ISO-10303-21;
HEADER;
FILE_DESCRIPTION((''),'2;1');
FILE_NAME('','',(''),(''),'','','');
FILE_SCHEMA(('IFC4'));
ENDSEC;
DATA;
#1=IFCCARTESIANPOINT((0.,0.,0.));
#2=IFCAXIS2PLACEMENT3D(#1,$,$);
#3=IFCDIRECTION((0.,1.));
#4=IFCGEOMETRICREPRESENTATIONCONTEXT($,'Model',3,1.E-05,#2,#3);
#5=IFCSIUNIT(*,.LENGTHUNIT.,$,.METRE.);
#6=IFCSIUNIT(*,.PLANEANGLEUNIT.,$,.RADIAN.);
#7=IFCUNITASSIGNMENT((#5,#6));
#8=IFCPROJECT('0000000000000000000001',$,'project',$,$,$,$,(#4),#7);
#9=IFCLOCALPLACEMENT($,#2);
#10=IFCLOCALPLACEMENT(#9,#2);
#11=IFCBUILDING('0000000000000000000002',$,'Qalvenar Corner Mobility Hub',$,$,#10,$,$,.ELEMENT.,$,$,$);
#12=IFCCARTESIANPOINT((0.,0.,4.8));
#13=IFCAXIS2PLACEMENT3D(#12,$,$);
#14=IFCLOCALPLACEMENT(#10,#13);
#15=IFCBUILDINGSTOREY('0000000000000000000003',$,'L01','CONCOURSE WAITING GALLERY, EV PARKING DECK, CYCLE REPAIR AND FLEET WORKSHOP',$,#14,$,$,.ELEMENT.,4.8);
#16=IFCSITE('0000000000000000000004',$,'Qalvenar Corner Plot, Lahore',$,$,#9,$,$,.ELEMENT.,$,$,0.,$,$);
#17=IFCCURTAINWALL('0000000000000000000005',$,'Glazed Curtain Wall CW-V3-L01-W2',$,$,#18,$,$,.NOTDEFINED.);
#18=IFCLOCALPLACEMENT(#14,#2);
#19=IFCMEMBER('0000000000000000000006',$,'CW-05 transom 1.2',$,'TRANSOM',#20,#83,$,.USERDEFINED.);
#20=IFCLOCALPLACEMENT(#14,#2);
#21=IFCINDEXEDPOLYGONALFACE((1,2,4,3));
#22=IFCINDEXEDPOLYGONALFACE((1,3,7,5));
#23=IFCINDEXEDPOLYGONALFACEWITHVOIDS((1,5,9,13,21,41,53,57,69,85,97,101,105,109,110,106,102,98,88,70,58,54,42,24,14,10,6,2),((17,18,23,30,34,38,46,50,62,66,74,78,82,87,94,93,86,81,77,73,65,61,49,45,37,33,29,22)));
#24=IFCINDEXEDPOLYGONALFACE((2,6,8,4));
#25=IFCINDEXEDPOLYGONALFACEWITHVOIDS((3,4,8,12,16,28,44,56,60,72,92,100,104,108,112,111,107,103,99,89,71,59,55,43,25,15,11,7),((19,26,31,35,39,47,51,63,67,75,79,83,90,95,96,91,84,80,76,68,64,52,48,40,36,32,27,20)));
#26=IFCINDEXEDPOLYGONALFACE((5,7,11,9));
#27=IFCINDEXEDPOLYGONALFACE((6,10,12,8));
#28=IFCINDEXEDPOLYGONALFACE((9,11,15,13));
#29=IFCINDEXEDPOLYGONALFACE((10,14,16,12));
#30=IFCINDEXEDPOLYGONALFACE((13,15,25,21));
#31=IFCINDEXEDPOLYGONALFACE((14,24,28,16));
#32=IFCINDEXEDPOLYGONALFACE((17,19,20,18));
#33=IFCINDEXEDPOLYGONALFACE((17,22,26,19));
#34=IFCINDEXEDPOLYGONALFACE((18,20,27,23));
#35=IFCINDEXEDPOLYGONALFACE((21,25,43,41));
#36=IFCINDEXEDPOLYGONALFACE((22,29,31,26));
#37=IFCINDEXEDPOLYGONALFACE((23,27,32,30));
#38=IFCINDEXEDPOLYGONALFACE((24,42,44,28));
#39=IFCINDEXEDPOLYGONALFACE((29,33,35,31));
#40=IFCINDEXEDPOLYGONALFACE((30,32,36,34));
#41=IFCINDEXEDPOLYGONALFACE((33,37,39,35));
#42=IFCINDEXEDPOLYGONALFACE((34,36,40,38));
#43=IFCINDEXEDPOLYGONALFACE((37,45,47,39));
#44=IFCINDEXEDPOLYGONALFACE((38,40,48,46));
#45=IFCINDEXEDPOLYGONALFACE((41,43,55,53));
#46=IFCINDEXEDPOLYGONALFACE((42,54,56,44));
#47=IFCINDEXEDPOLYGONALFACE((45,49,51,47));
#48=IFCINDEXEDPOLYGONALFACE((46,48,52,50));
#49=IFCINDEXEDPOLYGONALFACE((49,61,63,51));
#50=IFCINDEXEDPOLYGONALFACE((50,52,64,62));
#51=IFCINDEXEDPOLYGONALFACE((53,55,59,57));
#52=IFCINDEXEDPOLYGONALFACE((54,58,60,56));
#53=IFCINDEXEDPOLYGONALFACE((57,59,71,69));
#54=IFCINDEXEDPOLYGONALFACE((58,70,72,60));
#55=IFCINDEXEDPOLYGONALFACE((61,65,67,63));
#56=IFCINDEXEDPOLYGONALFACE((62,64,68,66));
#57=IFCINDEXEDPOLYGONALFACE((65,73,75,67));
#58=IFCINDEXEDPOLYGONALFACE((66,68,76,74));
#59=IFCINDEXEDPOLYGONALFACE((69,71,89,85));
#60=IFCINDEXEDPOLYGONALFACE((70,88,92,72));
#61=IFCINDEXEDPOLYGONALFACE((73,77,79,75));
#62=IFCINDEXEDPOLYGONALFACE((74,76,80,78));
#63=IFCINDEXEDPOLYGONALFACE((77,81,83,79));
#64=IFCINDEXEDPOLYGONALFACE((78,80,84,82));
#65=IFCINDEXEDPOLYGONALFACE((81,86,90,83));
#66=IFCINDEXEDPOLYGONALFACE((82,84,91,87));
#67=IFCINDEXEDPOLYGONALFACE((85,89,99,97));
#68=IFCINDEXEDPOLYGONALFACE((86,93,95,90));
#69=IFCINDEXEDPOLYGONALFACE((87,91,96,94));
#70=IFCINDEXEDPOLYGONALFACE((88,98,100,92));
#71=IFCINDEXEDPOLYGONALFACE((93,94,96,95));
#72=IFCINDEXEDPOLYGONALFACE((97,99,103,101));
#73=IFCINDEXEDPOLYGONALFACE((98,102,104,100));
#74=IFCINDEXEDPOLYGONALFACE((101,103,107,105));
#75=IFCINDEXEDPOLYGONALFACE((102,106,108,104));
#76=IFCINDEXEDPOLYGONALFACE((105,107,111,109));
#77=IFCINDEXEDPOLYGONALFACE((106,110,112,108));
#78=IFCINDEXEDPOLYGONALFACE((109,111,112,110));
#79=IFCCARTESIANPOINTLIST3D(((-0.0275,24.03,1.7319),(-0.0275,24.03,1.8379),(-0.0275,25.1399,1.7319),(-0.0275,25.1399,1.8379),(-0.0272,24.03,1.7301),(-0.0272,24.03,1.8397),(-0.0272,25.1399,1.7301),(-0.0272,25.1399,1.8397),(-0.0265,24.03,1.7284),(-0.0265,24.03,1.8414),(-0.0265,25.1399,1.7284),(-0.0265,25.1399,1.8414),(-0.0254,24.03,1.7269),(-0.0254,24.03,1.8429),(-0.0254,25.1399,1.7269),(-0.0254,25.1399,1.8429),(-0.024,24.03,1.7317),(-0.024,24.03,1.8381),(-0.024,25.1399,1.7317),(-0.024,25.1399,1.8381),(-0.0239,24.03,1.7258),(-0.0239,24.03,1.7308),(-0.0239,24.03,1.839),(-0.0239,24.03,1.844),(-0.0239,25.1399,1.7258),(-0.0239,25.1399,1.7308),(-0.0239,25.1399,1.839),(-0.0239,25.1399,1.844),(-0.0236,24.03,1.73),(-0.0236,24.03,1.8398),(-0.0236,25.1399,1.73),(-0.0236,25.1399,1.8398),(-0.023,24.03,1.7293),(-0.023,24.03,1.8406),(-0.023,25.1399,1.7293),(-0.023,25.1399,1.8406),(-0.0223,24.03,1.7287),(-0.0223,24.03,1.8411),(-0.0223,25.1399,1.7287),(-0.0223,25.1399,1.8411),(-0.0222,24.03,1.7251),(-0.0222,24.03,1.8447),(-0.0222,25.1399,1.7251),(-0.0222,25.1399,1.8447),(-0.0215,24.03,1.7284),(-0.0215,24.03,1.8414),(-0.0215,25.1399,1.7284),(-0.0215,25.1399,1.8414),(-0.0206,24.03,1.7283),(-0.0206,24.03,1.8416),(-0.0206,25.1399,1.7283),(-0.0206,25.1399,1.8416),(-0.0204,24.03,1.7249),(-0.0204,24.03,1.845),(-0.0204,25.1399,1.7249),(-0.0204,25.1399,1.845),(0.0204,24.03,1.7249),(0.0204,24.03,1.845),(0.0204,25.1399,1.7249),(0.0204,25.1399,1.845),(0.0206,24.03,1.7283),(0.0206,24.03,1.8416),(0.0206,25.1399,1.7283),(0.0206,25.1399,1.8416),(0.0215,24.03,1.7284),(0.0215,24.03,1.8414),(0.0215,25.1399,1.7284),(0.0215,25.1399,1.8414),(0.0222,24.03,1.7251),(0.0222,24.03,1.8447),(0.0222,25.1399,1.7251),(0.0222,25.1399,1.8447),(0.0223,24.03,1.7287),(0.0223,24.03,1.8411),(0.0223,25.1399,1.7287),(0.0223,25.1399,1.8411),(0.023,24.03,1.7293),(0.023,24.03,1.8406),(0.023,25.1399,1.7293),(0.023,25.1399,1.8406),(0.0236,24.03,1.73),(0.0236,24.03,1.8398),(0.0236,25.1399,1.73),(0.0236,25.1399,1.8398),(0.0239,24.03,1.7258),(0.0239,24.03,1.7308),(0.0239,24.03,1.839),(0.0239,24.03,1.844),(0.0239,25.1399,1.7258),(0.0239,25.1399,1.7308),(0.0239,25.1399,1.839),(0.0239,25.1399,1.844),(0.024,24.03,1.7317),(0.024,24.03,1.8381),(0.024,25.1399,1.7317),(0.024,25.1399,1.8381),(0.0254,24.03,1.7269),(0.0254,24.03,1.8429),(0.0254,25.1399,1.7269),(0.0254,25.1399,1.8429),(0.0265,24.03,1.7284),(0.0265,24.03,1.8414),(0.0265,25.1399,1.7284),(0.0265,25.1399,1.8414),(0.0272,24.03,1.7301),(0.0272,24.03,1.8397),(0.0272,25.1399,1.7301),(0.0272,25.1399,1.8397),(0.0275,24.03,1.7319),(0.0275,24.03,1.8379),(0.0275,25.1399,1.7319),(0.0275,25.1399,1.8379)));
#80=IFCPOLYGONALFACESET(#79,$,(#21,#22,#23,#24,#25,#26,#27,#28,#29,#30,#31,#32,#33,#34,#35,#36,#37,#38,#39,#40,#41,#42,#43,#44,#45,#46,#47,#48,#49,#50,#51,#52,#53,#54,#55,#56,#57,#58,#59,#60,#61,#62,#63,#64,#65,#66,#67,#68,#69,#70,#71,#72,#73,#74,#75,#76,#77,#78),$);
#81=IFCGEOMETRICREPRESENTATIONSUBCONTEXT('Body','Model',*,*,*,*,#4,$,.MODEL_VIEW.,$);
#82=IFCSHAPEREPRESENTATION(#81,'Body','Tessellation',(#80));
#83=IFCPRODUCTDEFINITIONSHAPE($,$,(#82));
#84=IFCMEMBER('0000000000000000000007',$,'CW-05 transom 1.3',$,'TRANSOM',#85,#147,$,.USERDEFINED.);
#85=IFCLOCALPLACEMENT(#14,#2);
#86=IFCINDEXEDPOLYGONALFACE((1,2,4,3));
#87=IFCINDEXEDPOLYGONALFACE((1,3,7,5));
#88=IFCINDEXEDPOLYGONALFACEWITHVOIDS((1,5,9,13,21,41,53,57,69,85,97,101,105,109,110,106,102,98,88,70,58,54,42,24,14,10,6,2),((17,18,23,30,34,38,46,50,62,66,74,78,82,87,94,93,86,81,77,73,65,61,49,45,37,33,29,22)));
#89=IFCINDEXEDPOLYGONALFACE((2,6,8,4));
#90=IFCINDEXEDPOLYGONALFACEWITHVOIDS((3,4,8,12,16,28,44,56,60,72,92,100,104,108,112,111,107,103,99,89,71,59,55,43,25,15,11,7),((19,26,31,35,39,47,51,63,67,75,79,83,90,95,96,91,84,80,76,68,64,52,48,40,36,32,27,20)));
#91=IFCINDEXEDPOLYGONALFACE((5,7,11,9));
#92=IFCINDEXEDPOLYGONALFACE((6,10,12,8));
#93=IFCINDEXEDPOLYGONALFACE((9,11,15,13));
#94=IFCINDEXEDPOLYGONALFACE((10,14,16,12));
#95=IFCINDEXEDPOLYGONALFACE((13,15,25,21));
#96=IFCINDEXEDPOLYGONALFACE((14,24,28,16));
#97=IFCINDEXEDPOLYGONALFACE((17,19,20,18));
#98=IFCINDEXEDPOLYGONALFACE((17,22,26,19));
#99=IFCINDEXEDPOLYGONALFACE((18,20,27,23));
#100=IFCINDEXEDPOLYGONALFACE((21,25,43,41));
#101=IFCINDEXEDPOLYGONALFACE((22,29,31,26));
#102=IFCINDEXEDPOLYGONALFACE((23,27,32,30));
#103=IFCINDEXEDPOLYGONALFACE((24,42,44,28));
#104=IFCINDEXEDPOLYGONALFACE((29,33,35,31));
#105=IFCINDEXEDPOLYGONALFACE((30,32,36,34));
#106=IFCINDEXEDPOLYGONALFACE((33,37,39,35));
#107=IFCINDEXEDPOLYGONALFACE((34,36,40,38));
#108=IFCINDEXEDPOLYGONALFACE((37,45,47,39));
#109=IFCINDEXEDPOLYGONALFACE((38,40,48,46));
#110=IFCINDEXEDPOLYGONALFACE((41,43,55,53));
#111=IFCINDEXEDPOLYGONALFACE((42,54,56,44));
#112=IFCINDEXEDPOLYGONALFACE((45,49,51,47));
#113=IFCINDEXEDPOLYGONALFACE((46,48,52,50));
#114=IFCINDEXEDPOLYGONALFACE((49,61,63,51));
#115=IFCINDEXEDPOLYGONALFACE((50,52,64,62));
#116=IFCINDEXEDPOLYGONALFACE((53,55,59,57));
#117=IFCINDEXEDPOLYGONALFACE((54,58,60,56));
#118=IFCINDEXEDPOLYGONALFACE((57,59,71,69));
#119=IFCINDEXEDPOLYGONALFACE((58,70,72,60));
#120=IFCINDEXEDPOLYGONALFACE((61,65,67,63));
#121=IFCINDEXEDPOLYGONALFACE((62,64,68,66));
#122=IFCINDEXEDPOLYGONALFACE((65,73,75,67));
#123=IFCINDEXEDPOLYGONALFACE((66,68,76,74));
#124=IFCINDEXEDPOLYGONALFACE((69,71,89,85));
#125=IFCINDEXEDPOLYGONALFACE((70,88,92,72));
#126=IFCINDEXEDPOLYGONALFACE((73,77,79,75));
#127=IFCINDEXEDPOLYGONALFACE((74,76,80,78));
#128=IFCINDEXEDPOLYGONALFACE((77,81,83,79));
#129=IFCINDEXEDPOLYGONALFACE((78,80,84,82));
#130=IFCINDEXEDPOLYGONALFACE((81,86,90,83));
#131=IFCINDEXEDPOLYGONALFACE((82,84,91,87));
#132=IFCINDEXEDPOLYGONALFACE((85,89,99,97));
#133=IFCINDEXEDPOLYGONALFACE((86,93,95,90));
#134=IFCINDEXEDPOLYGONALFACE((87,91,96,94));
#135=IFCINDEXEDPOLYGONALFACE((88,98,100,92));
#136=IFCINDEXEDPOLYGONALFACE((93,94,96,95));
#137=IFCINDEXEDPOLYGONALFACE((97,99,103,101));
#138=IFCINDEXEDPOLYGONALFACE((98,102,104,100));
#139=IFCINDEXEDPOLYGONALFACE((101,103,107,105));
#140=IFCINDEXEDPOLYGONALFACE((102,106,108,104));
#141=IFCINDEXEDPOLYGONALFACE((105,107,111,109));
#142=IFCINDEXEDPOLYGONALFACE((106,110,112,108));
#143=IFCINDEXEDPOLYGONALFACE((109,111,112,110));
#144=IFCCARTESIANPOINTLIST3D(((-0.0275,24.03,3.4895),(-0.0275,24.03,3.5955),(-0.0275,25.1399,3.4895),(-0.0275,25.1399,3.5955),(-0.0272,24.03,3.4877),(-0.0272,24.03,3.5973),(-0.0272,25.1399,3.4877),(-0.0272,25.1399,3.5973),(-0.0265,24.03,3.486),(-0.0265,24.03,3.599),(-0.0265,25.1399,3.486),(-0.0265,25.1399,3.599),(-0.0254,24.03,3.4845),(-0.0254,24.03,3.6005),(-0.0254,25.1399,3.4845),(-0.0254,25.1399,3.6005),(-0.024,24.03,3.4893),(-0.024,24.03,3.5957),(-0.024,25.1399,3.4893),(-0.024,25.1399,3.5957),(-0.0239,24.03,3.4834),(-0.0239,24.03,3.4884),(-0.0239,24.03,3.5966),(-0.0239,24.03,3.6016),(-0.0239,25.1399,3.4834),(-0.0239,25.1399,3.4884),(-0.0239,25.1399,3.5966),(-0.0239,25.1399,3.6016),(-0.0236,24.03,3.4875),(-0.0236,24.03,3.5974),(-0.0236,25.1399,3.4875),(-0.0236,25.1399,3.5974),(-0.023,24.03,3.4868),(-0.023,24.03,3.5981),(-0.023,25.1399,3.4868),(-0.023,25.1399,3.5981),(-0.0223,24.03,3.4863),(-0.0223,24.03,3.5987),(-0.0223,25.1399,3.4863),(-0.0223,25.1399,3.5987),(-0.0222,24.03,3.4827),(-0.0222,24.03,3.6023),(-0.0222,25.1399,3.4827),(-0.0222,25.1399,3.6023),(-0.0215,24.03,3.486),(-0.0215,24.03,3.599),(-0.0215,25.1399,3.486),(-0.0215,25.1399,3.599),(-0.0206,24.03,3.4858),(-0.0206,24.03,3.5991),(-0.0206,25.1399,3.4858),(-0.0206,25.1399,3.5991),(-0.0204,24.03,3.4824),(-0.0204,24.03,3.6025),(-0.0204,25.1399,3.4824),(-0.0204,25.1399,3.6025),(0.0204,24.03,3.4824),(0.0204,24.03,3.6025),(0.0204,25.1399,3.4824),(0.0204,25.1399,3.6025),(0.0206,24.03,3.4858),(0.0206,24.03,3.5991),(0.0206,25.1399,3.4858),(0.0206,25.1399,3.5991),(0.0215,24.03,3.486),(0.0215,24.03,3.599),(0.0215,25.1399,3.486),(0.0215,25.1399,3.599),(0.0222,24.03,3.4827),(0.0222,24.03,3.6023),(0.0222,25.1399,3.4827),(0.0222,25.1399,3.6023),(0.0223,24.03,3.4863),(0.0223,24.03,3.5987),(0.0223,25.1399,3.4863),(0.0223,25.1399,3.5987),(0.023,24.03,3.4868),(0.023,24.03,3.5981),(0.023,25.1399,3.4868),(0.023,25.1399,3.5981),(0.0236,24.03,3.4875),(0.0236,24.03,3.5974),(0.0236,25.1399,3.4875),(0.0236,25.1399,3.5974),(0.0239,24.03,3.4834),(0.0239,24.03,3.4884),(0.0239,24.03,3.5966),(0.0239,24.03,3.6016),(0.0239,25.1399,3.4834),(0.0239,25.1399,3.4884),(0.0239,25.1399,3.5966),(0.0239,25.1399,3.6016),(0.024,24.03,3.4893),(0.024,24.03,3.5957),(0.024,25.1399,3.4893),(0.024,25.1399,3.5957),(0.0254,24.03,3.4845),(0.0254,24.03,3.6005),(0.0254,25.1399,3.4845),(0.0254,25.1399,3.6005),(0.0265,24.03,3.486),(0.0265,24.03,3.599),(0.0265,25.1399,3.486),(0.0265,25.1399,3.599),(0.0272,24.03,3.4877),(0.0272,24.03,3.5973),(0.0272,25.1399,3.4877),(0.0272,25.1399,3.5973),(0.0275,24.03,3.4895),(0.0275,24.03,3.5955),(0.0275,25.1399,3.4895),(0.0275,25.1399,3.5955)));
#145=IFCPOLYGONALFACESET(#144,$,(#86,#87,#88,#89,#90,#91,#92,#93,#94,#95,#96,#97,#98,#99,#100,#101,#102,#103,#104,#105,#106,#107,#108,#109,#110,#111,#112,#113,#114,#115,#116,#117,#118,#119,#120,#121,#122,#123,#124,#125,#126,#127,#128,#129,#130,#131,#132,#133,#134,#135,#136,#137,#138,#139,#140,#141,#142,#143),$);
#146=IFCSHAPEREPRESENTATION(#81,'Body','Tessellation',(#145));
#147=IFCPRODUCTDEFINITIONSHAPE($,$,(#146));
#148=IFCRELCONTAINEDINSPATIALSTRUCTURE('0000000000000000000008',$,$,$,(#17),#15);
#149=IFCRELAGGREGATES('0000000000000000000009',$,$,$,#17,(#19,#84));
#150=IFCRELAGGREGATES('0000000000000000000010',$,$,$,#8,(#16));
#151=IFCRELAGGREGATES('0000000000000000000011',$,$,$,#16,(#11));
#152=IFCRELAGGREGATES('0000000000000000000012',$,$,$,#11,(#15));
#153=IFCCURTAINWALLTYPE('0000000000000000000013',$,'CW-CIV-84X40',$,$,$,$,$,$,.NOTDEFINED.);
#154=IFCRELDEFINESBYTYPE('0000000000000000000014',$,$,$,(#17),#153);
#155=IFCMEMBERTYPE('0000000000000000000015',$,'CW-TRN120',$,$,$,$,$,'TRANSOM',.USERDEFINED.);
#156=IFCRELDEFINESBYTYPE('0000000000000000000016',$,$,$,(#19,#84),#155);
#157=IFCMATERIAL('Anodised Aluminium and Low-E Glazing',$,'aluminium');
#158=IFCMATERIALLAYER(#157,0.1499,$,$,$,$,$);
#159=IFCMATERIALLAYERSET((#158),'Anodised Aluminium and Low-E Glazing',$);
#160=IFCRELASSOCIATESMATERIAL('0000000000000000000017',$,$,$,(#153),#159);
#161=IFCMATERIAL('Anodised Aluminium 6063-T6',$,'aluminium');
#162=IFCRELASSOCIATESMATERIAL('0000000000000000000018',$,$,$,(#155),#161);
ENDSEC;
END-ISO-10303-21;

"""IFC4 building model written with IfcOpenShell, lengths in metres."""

from ifc_helpers import new_model, si_unit, direction, frame, origin, origin_2d, place, context, subcontext, project, spatial, hollow_rectangle, extrude, material, layer, layer_set, material_profile, profile_set, type_object, element, aggregate, save


model = new_model("IFC4")

# Units and contexts
model_context = context("Model", 3, precision=1e-05, world=origin(), true_north=direction((0.0, 1.0)))
body_context = subcontext(model_context, "Body", "Model", "MODEL_VIEW")
ifc_project = project(units=[si_unit("LENGTHUNIT", "METRE"), si_unit("PLANEANGLEUNIT", "RADIAN")], contexts=[model_context])

# Site, building, storey
site_placement = place(None, origin())
site = spatial("IfcSite", under=ifc_project, at=site_placement, Name="Qalvenar Corner Plot, Lahore", CompositionType="ELEMENT", RefElevation=0.0)
building_placement = place(site_placement, origin())
building = spatial("IfcBuilding", under=site, at=building_placement, Name="Qalvenar Corner Mobility Hub", CompositionType="ELEMENT")
storey_placement = place(building_placement, frame((0.0, 0.0, 4.8)))
storey = spatial("IfcBuildingStorey", under=building, at=storey_placement, Name="L01", Description="CONCOURSE WAITING GALLERY, EV PARKING DECK, CYCLE REPAIR AND FLEET WORKSHOP", CompositionType="ELEMENT", Elevation=4.8)

# Curtain wall, members
ifc_material_1 = material(Name="Anodised Aluminium and Low-E Glazing", Category="aluminium")
ifc_layer_1 = layer(ifc_material_1, 0.1499)
ifc_layer_set_1 = layer_set([ifc_layer_1], Name="Anodised Aluminium and Low-E Glazing")
curtain_wall_type = type_object("IfcCurtainWallType", Name="CW-CIV-84X40", PredefinedType="NOTDEFINED", material=ifc_layer_set_1)
curtain_wall_placement = place(storey_placement, origin())
curtain_wall = element("IfcCurtainWall", 1, at=curtain_wall_placement, inside=storey, type_object=curtain_wall_type, Name="Glazed Curtain Wall CW-V3-L01-W2", PredefinedType="NOTDEFINED")
ifc_material_2 = material(Name="Anodised Aluminium 6063-T6", Category="aluminium")
ifc_material_profile_1 = material_profile(ifc_material_2, hollow_rectangle(XDim=0.0549, YDim=0.1201, WallThickness=0.0034, InnerFilletRadius=0.0034, OuterFilletRadius=0.0071, at=origin_2d()), Name="RHS120x55x3.5")
ifc_profile_set_1 = profile_set([ifc_material_profile_1], Name="Anodised Aluminium 6063-T6")
member_type_1 = type_object("IfcMemberType", Name="CW-TRN120", ElementType="TRANSOM", PredefinedType="USERDEFINED", material=ifc_profile_set_1)
member_1_placement = place(storey_placement, frame((0.0, 25.1399, 1.7849), z_axis=(0.0, -1.0, 0.0), x_axis=(1.0, 0.0, 0.0)))
member_1 = element("IfcMember", 2, at=member_1_placement, type_object=member_type_1, Name="CW-05 transom 1.2", ObjectType="TRANSOM", PredefinedType="USERDEFINED", context=body_context, shape_type="SweptSolid", body=[
    extrude(hollow_rectangle(XDim=0.0549, YDim=0.1201, WallThickness=0.0034, InnerFilletRadius=0.0034, OuterFilletRadius=0.0071, at=origin_2d()), origin(), (0.0, 0.0, 1.0), 1.1099),
])
member_2_placement = place(storey_placement, frame((0.0, 25.1399, 3.5425), z_axis=(0.0, -1.0, 0.0), x_axis=(1.0, 0.0, 0.0)))
member_2 = element("IfcMember", 3, at=member_2_placement, type_object=member_type_1, Name="CW-05 transom 1.3", ObjectType="TRANSOM", PredefinedType="USERDEFINED", context=body_context, shape_type="SweptSolid", body=[
    extrude(hollow_rectangle(XDim=0.0549, YDim=0.1201, WallThickness=0.0034, InnerFilletRadius=0.0034, OuterFilletRadius=0.0071, at=origin_2d()), origin(), (0.0, 0.0, 1.0), 1.1099),
])
aggregate(curtain_wall, [member_1, member_2])

save(model, "model.ifc")
